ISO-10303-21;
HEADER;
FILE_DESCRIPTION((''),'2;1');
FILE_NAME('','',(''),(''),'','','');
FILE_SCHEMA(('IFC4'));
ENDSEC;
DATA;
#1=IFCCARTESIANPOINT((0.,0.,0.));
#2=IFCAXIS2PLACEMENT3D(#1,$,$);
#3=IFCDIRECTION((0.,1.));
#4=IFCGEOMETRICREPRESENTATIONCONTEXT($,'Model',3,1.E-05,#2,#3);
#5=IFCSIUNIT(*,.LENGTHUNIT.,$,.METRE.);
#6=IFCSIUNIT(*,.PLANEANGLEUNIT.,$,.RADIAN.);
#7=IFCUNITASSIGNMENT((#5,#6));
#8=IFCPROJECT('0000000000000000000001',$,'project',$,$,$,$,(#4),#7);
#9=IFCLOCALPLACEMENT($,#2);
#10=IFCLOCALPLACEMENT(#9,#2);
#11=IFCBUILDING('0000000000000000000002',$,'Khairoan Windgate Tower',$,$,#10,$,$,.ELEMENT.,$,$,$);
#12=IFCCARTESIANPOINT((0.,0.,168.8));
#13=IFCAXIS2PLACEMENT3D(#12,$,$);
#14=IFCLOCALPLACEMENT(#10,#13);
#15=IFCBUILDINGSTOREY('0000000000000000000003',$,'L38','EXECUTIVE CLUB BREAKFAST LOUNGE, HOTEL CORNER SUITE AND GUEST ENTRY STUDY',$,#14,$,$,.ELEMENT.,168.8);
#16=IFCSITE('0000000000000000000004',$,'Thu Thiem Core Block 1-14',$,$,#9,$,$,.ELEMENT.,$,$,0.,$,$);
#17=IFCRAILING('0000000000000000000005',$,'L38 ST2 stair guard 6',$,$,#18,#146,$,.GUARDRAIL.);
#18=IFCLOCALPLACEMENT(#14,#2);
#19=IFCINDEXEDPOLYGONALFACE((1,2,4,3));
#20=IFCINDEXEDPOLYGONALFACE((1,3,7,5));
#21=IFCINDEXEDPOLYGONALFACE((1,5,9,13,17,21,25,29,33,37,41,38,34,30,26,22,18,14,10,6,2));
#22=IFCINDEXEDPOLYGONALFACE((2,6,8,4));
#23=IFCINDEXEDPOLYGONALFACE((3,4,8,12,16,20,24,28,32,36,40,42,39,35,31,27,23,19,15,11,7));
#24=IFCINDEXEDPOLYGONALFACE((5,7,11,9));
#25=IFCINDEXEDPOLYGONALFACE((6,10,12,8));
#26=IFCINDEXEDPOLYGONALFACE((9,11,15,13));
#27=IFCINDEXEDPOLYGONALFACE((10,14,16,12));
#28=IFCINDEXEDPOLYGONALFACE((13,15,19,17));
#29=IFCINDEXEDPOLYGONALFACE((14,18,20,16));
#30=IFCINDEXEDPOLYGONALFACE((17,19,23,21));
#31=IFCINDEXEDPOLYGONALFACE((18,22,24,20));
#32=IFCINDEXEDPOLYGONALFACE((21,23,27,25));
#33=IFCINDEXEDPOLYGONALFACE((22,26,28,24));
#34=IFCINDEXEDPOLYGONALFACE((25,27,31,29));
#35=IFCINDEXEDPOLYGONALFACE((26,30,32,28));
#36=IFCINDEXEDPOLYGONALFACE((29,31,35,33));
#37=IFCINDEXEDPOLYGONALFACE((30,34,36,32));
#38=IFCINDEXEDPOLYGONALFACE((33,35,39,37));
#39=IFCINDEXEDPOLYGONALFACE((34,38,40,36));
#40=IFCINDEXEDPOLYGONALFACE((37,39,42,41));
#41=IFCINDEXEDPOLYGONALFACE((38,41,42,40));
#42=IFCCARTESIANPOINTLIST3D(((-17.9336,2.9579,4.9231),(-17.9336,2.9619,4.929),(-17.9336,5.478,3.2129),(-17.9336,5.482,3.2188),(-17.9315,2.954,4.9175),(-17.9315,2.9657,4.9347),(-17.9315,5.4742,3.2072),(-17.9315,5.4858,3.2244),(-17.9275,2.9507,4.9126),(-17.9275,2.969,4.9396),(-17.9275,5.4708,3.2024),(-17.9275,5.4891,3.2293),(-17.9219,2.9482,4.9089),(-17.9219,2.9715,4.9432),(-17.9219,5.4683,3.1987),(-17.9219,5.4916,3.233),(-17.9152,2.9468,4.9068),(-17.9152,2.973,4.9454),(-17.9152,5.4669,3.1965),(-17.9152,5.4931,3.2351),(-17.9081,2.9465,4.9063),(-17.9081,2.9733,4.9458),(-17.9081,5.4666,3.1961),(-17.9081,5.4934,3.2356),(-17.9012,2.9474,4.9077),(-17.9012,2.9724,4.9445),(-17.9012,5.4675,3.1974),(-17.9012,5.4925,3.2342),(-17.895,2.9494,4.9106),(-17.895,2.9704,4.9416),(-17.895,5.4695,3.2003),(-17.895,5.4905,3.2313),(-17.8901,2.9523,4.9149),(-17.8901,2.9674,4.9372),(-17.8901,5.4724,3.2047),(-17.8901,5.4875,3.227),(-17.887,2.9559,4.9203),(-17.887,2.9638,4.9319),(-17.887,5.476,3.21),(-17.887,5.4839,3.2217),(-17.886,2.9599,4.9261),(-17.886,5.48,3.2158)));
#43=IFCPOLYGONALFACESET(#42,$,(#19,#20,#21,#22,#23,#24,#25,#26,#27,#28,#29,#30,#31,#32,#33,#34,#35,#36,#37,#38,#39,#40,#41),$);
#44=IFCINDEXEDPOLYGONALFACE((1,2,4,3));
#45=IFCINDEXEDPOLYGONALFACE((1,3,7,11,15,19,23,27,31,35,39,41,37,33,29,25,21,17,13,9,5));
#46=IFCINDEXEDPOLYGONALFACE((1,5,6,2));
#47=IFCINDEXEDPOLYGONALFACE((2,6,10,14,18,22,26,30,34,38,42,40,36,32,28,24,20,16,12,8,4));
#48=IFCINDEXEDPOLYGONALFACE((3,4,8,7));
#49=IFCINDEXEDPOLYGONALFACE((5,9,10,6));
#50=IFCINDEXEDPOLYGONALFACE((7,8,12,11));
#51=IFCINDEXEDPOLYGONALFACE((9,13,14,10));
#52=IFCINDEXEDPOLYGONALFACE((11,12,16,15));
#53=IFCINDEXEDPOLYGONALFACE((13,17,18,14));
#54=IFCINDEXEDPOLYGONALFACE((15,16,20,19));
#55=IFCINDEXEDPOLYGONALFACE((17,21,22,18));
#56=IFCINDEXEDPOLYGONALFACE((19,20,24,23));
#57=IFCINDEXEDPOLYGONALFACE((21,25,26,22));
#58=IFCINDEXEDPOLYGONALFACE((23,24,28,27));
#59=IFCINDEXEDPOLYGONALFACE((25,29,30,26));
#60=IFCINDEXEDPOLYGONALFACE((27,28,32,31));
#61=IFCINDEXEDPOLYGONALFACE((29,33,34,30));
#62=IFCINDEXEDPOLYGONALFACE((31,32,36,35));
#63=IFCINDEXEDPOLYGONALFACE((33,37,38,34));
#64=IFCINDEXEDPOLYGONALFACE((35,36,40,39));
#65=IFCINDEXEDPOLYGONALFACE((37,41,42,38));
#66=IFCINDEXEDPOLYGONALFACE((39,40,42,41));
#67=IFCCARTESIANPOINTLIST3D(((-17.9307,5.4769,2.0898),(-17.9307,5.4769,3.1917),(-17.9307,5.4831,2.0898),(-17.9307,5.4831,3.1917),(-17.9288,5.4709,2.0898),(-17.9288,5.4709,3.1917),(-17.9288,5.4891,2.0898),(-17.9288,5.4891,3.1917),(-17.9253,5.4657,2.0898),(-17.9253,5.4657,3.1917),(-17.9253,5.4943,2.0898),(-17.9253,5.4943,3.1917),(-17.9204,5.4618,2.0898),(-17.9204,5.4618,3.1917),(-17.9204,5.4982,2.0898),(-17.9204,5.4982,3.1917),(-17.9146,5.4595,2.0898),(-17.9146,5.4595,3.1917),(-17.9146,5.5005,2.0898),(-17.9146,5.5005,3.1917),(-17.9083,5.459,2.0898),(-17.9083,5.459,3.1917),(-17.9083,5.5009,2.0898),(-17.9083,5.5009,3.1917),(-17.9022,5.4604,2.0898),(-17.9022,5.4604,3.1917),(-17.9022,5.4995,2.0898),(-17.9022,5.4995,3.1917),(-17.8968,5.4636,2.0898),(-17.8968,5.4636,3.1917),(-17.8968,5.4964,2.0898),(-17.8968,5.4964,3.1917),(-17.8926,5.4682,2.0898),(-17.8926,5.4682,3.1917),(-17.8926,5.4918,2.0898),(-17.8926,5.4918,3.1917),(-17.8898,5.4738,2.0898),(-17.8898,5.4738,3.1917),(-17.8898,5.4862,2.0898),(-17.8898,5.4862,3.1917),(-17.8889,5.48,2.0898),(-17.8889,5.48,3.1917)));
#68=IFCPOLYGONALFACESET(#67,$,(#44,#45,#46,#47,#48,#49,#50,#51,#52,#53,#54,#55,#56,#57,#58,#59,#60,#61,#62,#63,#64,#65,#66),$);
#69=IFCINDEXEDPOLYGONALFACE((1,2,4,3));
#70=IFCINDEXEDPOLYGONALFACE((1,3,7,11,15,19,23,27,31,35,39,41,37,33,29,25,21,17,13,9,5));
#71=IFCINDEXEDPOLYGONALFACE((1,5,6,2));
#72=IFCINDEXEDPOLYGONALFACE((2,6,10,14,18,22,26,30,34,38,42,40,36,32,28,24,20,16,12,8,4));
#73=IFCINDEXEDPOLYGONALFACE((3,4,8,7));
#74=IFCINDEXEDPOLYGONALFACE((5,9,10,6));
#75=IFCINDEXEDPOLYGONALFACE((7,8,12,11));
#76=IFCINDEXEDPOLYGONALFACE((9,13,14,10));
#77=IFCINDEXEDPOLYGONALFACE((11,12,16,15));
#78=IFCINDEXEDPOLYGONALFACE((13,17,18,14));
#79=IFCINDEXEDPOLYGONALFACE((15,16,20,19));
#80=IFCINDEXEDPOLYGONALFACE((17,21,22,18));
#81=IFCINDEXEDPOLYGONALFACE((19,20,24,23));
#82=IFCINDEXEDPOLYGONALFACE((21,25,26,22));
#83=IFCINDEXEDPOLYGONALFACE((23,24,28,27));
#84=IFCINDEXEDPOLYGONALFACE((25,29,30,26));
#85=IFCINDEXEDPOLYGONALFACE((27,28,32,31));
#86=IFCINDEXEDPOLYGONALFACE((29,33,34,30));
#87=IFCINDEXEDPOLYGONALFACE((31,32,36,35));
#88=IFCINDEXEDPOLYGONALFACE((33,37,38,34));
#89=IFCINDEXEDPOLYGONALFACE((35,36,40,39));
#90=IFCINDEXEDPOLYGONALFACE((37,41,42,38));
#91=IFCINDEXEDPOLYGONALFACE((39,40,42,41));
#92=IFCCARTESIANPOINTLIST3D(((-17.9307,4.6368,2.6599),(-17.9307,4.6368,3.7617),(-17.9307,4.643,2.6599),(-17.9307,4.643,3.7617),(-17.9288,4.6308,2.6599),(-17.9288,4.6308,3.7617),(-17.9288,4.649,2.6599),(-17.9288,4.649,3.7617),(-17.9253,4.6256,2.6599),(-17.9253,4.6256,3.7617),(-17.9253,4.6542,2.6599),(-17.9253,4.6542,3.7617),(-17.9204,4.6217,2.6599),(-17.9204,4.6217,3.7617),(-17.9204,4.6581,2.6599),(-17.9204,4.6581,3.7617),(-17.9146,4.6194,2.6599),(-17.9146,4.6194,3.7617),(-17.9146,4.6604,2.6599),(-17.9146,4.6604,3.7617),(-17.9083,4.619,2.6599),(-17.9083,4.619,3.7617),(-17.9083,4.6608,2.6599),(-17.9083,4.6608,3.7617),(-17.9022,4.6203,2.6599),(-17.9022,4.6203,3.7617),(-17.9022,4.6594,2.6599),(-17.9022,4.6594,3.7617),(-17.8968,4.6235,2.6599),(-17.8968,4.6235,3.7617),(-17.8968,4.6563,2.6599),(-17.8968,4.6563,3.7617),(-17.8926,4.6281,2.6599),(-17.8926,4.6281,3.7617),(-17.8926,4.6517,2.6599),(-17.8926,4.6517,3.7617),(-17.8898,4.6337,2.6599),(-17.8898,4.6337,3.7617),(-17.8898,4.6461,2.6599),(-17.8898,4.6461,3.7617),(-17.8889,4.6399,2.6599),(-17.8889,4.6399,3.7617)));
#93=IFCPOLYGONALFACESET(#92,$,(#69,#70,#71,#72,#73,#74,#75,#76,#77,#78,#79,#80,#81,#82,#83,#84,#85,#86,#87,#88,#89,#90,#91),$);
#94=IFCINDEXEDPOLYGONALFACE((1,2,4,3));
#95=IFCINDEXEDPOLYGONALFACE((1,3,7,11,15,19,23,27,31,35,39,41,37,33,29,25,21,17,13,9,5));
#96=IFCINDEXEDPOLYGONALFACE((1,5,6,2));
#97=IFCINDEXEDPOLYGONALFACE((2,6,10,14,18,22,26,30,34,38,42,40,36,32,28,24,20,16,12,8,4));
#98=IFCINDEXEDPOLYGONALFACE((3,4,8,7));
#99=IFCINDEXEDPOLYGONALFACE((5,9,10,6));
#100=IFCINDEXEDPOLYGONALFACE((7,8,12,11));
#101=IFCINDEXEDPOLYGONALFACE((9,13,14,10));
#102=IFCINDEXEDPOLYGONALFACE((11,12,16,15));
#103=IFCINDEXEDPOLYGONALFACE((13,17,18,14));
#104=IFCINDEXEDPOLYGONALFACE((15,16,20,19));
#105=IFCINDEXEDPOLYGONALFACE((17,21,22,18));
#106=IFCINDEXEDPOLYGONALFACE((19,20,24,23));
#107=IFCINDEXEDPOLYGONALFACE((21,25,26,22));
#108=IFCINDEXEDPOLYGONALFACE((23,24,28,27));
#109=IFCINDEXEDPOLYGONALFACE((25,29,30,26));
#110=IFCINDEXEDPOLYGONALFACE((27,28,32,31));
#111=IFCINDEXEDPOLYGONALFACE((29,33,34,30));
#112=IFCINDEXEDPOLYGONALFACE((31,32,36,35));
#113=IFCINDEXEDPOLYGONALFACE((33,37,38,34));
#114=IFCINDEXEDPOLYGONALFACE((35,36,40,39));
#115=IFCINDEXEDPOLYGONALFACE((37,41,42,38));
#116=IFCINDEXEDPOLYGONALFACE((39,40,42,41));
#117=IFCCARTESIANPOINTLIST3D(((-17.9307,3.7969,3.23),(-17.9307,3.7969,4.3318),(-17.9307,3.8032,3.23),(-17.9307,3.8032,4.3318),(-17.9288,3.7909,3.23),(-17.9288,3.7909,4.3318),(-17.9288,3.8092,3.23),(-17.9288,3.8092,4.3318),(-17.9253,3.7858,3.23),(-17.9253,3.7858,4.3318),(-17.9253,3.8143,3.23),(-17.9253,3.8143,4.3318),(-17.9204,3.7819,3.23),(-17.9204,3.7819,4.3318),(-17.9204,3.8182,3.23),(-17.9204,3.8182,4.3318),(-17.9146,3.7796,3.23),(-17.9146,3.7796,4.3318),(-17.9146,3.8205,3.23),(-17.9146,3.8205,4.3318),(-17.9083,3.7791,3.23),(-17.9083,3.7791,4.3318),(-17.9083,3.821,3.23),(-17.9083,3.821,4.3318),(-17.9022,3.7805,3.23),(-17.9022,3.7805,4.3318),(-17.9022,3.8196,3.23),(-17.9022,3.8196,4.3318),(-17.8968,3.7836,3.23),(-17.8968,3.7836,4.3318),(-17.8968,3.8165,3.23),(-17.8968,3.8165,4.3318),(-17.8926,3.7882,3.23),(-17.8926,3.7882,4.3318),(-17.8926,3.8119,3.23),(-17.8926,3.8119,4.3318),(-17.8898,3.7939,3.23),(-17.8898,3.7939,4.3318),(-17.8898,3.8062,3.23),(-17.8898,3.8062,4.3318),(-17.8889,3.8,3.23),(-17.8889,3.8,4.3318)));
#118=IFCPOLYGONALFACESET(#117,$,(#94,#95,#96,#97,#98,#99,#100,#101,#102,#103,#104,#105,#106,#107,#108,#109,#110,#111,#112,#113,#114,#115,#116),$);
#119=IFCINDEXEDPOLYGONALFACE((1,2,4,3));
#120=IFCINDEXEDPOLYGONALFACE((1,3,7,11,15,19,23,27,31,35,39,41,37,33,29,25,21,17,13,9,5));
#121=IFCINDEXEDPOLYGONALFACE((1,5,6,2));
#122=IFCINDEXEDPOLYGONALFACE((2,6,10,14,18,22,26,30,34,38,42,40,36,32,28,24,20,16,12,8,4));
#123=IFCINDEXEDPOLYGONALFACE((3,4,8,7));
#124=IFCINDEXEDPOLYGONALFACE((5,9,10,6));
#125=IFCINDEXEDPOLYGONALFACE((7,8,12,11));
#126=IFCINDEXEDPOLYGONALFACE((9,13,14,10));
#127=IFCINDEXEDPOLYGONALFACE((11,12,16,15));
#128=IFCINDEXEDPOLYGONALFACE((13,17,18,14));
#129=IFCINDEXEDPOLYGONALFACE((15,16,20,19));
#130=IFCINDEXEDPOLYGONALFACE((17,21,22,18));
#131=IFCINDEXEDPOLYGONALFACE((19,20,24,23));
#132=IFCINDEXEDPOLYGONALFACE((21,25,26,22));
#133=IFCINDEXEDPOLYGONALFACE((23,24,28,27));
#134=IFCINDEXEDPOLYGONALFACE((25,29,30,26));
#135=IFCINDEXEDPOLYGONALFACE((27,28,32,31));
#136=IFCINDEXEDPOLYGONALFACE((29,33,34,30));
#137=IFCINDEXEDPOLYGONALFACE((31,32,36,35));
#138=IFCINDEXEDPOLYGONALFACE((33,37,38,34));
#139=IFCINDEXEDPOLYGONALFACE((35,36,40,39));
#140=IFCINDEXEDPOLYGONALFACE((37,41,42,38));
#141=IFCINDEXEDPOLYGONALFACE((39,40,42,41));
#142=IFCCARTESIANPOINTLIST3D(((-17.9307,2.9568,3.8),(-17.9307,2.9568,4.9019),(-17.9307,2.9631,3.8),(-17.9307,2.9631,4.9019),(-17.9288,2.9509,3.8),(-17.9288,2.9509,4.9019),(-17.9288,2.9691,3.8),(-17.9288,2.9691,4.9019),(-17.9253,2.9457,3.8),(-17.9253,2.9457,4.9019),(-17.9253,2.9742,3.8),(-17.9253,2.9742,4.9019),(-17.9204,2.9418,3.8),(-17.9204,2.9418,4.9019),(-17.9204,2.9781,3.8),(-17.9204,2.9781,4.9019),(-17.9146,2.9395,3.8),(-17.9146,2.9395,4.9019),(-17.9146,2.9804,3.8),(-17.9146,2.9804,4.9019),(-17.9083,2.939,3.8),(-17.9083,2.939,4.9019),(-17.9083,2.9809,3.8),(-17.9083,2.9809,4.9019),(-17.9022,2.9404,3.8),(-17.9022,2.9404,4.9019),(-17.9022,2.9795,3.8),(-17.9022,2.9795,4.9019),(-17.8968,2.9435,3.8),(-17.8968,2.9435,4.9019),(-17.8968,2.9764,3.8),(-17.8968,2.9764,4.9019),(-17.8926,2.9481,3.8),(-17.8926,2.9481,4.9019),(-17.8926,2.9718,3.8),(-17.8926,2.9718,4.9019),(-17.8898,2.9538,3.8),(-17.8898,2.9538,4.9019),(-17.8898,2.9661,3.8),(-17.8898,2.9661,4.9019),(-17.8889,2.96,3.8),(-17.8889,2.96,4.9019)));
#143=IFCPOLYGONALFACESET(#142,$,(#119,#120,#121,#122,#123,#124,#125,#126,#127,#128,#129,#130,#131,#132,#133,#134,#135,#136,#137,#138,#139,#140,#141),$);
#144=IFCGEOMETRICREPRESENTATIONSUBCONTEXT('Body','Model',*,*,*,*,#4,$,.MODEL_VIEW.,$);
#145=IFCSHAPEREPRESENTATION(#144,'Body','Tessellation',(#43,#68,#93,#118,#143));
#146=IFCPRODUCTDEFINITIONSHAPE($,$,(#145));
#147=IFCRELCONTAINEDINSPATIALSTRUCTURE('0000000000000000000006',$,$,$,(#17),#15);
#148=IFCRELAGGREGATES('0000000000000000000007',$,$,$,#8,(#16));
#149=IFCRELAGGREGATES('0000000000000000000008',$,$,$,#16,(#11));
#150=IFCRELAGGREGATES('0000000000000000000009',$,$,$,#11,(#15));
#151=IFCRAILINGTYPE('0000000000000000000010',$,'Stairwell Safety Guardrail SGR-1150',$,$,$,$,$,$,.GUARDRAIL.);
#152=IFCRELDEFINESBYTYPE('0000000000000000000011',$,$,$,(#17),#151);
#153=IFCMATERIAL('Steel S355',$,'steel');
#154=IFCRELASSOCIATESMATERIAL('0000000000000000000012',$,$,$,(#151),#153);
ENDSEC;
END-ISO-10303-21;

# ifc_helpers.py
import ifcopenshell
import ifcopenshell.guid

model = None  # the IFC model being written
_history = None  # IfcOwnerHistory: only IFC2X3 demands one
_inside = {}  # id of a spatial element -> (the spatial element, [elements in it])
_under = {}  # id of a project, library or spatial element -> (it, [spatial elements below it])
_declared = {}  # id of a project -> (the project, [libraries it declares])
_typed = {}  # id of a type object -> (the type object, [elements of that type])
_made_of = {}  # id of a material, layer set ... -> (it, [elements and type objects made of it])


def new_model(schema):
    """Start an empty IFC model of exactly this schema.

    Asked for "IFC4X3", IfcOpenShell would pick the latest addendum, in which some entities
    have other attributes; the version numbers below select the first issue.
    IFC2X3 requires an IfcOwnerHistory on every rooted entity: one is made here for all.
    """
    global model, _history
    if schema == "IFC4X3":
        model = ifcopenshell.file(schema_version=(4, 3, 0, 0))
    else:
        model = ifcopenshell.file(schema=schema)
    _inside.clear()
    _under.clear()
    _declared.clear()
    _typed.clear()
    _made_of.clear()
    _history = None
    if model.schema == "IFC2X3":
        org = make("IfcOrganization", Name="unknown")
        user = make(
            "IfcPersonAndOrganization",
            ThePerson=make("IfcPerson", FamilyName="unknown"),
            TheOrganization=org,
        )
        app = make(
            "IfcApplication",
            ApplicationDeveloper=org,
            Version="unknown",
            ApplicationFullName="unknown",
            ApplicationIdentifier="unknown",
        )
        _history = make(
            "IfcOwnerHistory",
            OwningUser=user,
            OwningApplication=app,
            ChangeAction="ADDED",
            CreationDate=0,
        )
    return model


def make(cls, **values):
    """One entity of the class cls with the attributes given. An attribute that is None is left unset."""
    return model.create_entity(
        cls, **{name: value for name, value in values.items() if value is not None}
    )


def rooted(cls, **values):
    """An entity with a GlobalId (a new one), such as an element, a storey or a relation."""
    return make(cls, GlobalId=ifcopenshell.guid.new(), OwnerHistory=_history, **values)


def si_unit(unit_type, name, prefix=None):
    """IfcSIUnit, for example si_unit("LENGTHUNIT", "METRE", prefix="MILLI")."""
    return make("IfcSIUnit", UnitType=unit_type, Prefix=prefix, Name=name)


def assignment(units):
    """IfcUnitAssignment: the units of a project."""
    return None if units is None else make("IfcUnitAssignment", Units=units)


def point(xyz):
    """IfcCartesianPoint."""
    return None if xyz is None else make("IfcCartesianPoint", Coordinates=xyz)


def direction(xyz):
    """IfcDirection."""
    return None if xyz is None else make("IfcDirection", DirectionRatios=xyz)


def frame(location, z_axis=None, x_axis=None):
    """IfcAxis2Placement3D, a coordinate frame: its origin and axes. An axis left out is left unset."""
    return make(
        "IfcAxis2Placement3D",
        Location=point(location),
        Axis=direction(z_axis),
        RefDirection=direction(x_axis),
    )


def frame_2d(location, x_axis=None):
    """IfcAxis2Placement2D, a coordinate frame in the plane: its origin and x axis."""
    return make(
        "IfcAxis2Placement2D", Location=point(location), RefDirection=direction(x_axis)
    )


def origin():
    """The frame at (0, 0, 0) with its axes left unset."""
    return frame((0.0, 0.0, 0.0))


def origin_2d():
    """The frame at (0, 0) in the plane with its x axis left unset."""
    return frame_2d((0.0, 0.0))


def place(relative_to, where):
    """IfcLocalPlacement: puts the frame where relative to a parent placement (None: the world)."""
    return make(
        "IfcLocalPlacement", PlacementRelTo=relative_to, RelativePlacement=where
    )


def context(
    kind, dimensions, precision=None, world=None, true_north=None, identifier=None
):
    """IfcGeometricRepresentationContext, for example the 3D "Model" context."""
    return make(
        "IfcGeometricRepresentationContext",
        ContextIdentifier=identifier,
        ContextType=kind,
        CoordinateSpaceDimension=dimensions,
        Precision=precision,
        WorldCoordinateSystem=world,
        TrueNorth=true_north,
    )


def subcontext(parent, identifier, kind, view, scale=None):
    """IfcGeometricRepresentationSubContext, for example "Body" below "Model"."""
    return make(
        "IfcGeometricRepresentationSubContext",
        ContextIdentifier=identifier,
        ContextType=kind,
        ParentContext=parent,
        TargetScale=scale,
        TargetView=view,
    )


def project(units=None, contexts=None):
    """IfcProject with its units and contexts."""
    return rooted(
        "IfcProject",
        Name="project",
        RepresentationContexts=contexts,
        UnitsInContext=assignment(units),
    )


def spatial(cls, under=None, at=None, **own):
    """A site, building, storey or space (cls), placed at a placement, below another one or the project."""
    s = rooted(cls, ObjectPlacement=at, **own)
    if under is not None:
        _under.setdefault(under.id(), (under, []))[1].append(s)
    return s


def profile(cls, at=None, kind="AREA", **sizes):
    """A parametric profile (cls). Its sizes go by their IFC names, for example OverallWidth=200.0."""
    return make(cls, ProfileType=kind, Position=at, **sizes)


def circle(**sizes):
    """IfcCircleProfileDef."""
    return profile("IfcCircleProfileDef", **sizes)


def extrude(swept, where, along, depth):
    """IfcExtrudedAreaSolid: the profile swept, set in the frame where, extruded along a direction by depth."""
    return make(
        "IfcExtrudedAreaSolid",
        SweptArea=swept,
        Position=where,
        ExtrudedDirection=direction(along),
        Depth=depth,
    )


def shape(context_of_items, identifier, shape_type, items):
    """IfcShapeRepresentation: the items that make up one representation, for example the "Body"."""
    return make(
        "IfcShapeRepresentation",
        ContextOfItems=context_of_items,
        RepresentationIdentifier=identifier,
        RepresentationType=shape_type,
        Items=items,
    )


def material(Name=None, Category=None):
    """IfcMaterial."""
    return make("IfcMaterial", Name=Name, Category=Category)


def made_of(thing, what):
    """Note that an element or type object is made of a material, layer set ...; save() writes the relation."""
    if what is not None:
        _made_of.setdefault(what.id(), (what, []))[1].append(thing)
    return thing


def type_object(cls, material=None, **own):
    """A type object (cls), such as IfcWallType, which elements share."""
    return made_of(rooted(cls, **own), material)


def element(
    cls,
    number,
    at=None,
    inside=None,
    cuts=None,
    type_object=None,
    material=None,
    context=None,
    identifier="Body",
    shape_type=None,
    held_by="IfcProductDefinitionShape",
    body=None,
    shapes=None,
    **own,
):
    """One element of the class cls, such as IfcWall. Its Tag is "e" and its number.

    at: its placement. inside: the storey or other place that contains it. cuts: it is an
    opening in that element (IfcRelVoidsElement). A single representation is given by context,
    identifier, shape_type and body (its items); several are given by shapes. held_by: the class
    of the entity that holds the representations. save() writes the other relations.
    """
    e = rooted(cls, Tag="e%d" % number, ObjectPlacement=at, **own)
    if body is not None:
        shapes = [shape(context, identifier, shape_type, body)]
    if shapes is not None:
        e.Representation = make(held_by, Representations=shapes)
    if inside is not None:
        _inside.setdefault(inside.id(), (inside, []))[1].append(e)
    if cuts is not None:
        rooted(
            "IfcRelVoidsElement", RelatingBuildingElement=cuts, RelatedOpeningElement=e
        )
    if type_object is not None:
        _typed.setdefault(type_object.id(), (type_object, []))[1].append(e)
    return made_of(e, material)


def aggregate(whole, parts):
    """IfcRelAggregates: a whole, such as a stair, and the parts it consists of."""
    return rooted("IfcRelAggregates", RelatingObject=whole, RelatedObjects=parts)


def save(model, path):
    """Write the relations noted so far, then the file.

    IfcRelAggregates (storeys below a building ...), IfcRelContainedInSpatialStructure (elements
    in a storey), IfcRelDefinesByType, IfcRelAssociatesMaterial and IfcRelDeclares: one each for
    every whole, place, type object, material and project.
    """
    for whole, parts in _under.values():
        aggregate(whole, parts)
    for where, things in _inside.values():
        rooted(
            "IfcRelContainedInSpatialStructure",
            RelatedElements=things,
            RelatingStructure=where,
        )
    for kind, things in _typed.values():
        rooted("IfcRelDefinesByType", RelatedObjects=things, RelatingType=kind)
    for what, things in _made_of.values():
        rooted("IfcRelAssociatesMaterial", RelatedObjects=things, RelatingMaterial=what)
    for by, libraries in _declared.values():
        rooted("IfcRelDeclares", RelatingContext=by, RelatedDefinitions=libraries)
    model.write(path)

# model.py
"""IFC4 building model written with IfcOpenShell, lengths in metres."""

from ifc_helpers import new_model, si_unit, direction, frame, origin, origin_2d, place, context, subcontext, project, spatial, circle, extrude, material, type_object, element, save


model = new_model("IFC4")

# Units and contexts
model_context = context("Model", 3, precision=1e-05, world=origin(), true_north=direction((0.0, 1.0)))
body_context = subcontext(model_context, "Body", "Model", "MODEL_VIEW")
ifc_project = project(units=[si_unit("LENGTHUNIT", "METRE"), si_unit("PLANEANGLEUNIT", "RADIAN")], contexts=[model_context])

# Site, building, storey
site_placement = place(None, origin())
site = spatial("IfcSite", under=ifc_project, at=site_placement, Name="Thu Thiem Core Block 1-14", CompositionType="ELEMENT", RefElevation=0.0)
building_placement = place(site_placement, origin())
building = spatial("IfcBuilding", under=site, at=building_placement, Name="Khairoan Windgate Tower", CompositionType="ELEMENT")
storey_placement = place(building_placement, frame((0.0, 0.0, 168.8)))
storey = spatial("IfcBuildingStorey", under=building, at=storey_placement, Name="L38", Description="EXECUTIVE CLUB BREAKFAST LOUNGE, HOTEL CORNER SUITE AND GUEST ENTRY STUDY", CompositionType="ELEMENT", Elevation=168.8)

# Railing
ifc_material_1 = material(Name="Steel S355", Category="steel")
railing_type_1 = type_object("IfcRailingType", Name="Stairwell Safety Guardrail SGR-1150", PredefinedType="GUARDRAIL", material=ifc_material_1)
railing_1_placement = place(storey_placement, frame((-17.9099, 5.48, 2.0898)))
element("IfcRailing", 1, at=railing_1_placement, inside=storey, type_object=railing_type_1, Name="L38 ST2 stair guard 6", PredefinedType="GUARDRAIL", context=body_context, shape_type="SweptSolid", body=[
    extrude(circle(Radius=0.0239, at=origin_2d()), frame((0.0, 0.0, 1.126), z_axis=(0.0, -0.827447, 0.561545), x_axis=(1.0, 0.0, 0.0)), (0.0, 0.0, 1.0), 3.0457),
    extrude(circle(Radius=0.021, at=origin_2d()), origin(), (0.0, 0.0, 1.0), 1.1018),
    extrude(circle(Radius=0.021, at=origin_2d()), frame((0.0, -0.8401, 0.5701)), (0.0, 0.0, 1.0), 1.1018),
    extrude(circle(Radius=0.021, at=origin_2d()), frame((0.0, -1.6799, 1.1401)), (0.0, 0.0, 1.0), 1.1018),
    extrude(circle(Radius=0.021, at=origin_2d()), frame((0.0, -2.52, 1.7102)), (0.0, 0.0, 1.0), 1.1018),
])

save(model, "model.ifc")
